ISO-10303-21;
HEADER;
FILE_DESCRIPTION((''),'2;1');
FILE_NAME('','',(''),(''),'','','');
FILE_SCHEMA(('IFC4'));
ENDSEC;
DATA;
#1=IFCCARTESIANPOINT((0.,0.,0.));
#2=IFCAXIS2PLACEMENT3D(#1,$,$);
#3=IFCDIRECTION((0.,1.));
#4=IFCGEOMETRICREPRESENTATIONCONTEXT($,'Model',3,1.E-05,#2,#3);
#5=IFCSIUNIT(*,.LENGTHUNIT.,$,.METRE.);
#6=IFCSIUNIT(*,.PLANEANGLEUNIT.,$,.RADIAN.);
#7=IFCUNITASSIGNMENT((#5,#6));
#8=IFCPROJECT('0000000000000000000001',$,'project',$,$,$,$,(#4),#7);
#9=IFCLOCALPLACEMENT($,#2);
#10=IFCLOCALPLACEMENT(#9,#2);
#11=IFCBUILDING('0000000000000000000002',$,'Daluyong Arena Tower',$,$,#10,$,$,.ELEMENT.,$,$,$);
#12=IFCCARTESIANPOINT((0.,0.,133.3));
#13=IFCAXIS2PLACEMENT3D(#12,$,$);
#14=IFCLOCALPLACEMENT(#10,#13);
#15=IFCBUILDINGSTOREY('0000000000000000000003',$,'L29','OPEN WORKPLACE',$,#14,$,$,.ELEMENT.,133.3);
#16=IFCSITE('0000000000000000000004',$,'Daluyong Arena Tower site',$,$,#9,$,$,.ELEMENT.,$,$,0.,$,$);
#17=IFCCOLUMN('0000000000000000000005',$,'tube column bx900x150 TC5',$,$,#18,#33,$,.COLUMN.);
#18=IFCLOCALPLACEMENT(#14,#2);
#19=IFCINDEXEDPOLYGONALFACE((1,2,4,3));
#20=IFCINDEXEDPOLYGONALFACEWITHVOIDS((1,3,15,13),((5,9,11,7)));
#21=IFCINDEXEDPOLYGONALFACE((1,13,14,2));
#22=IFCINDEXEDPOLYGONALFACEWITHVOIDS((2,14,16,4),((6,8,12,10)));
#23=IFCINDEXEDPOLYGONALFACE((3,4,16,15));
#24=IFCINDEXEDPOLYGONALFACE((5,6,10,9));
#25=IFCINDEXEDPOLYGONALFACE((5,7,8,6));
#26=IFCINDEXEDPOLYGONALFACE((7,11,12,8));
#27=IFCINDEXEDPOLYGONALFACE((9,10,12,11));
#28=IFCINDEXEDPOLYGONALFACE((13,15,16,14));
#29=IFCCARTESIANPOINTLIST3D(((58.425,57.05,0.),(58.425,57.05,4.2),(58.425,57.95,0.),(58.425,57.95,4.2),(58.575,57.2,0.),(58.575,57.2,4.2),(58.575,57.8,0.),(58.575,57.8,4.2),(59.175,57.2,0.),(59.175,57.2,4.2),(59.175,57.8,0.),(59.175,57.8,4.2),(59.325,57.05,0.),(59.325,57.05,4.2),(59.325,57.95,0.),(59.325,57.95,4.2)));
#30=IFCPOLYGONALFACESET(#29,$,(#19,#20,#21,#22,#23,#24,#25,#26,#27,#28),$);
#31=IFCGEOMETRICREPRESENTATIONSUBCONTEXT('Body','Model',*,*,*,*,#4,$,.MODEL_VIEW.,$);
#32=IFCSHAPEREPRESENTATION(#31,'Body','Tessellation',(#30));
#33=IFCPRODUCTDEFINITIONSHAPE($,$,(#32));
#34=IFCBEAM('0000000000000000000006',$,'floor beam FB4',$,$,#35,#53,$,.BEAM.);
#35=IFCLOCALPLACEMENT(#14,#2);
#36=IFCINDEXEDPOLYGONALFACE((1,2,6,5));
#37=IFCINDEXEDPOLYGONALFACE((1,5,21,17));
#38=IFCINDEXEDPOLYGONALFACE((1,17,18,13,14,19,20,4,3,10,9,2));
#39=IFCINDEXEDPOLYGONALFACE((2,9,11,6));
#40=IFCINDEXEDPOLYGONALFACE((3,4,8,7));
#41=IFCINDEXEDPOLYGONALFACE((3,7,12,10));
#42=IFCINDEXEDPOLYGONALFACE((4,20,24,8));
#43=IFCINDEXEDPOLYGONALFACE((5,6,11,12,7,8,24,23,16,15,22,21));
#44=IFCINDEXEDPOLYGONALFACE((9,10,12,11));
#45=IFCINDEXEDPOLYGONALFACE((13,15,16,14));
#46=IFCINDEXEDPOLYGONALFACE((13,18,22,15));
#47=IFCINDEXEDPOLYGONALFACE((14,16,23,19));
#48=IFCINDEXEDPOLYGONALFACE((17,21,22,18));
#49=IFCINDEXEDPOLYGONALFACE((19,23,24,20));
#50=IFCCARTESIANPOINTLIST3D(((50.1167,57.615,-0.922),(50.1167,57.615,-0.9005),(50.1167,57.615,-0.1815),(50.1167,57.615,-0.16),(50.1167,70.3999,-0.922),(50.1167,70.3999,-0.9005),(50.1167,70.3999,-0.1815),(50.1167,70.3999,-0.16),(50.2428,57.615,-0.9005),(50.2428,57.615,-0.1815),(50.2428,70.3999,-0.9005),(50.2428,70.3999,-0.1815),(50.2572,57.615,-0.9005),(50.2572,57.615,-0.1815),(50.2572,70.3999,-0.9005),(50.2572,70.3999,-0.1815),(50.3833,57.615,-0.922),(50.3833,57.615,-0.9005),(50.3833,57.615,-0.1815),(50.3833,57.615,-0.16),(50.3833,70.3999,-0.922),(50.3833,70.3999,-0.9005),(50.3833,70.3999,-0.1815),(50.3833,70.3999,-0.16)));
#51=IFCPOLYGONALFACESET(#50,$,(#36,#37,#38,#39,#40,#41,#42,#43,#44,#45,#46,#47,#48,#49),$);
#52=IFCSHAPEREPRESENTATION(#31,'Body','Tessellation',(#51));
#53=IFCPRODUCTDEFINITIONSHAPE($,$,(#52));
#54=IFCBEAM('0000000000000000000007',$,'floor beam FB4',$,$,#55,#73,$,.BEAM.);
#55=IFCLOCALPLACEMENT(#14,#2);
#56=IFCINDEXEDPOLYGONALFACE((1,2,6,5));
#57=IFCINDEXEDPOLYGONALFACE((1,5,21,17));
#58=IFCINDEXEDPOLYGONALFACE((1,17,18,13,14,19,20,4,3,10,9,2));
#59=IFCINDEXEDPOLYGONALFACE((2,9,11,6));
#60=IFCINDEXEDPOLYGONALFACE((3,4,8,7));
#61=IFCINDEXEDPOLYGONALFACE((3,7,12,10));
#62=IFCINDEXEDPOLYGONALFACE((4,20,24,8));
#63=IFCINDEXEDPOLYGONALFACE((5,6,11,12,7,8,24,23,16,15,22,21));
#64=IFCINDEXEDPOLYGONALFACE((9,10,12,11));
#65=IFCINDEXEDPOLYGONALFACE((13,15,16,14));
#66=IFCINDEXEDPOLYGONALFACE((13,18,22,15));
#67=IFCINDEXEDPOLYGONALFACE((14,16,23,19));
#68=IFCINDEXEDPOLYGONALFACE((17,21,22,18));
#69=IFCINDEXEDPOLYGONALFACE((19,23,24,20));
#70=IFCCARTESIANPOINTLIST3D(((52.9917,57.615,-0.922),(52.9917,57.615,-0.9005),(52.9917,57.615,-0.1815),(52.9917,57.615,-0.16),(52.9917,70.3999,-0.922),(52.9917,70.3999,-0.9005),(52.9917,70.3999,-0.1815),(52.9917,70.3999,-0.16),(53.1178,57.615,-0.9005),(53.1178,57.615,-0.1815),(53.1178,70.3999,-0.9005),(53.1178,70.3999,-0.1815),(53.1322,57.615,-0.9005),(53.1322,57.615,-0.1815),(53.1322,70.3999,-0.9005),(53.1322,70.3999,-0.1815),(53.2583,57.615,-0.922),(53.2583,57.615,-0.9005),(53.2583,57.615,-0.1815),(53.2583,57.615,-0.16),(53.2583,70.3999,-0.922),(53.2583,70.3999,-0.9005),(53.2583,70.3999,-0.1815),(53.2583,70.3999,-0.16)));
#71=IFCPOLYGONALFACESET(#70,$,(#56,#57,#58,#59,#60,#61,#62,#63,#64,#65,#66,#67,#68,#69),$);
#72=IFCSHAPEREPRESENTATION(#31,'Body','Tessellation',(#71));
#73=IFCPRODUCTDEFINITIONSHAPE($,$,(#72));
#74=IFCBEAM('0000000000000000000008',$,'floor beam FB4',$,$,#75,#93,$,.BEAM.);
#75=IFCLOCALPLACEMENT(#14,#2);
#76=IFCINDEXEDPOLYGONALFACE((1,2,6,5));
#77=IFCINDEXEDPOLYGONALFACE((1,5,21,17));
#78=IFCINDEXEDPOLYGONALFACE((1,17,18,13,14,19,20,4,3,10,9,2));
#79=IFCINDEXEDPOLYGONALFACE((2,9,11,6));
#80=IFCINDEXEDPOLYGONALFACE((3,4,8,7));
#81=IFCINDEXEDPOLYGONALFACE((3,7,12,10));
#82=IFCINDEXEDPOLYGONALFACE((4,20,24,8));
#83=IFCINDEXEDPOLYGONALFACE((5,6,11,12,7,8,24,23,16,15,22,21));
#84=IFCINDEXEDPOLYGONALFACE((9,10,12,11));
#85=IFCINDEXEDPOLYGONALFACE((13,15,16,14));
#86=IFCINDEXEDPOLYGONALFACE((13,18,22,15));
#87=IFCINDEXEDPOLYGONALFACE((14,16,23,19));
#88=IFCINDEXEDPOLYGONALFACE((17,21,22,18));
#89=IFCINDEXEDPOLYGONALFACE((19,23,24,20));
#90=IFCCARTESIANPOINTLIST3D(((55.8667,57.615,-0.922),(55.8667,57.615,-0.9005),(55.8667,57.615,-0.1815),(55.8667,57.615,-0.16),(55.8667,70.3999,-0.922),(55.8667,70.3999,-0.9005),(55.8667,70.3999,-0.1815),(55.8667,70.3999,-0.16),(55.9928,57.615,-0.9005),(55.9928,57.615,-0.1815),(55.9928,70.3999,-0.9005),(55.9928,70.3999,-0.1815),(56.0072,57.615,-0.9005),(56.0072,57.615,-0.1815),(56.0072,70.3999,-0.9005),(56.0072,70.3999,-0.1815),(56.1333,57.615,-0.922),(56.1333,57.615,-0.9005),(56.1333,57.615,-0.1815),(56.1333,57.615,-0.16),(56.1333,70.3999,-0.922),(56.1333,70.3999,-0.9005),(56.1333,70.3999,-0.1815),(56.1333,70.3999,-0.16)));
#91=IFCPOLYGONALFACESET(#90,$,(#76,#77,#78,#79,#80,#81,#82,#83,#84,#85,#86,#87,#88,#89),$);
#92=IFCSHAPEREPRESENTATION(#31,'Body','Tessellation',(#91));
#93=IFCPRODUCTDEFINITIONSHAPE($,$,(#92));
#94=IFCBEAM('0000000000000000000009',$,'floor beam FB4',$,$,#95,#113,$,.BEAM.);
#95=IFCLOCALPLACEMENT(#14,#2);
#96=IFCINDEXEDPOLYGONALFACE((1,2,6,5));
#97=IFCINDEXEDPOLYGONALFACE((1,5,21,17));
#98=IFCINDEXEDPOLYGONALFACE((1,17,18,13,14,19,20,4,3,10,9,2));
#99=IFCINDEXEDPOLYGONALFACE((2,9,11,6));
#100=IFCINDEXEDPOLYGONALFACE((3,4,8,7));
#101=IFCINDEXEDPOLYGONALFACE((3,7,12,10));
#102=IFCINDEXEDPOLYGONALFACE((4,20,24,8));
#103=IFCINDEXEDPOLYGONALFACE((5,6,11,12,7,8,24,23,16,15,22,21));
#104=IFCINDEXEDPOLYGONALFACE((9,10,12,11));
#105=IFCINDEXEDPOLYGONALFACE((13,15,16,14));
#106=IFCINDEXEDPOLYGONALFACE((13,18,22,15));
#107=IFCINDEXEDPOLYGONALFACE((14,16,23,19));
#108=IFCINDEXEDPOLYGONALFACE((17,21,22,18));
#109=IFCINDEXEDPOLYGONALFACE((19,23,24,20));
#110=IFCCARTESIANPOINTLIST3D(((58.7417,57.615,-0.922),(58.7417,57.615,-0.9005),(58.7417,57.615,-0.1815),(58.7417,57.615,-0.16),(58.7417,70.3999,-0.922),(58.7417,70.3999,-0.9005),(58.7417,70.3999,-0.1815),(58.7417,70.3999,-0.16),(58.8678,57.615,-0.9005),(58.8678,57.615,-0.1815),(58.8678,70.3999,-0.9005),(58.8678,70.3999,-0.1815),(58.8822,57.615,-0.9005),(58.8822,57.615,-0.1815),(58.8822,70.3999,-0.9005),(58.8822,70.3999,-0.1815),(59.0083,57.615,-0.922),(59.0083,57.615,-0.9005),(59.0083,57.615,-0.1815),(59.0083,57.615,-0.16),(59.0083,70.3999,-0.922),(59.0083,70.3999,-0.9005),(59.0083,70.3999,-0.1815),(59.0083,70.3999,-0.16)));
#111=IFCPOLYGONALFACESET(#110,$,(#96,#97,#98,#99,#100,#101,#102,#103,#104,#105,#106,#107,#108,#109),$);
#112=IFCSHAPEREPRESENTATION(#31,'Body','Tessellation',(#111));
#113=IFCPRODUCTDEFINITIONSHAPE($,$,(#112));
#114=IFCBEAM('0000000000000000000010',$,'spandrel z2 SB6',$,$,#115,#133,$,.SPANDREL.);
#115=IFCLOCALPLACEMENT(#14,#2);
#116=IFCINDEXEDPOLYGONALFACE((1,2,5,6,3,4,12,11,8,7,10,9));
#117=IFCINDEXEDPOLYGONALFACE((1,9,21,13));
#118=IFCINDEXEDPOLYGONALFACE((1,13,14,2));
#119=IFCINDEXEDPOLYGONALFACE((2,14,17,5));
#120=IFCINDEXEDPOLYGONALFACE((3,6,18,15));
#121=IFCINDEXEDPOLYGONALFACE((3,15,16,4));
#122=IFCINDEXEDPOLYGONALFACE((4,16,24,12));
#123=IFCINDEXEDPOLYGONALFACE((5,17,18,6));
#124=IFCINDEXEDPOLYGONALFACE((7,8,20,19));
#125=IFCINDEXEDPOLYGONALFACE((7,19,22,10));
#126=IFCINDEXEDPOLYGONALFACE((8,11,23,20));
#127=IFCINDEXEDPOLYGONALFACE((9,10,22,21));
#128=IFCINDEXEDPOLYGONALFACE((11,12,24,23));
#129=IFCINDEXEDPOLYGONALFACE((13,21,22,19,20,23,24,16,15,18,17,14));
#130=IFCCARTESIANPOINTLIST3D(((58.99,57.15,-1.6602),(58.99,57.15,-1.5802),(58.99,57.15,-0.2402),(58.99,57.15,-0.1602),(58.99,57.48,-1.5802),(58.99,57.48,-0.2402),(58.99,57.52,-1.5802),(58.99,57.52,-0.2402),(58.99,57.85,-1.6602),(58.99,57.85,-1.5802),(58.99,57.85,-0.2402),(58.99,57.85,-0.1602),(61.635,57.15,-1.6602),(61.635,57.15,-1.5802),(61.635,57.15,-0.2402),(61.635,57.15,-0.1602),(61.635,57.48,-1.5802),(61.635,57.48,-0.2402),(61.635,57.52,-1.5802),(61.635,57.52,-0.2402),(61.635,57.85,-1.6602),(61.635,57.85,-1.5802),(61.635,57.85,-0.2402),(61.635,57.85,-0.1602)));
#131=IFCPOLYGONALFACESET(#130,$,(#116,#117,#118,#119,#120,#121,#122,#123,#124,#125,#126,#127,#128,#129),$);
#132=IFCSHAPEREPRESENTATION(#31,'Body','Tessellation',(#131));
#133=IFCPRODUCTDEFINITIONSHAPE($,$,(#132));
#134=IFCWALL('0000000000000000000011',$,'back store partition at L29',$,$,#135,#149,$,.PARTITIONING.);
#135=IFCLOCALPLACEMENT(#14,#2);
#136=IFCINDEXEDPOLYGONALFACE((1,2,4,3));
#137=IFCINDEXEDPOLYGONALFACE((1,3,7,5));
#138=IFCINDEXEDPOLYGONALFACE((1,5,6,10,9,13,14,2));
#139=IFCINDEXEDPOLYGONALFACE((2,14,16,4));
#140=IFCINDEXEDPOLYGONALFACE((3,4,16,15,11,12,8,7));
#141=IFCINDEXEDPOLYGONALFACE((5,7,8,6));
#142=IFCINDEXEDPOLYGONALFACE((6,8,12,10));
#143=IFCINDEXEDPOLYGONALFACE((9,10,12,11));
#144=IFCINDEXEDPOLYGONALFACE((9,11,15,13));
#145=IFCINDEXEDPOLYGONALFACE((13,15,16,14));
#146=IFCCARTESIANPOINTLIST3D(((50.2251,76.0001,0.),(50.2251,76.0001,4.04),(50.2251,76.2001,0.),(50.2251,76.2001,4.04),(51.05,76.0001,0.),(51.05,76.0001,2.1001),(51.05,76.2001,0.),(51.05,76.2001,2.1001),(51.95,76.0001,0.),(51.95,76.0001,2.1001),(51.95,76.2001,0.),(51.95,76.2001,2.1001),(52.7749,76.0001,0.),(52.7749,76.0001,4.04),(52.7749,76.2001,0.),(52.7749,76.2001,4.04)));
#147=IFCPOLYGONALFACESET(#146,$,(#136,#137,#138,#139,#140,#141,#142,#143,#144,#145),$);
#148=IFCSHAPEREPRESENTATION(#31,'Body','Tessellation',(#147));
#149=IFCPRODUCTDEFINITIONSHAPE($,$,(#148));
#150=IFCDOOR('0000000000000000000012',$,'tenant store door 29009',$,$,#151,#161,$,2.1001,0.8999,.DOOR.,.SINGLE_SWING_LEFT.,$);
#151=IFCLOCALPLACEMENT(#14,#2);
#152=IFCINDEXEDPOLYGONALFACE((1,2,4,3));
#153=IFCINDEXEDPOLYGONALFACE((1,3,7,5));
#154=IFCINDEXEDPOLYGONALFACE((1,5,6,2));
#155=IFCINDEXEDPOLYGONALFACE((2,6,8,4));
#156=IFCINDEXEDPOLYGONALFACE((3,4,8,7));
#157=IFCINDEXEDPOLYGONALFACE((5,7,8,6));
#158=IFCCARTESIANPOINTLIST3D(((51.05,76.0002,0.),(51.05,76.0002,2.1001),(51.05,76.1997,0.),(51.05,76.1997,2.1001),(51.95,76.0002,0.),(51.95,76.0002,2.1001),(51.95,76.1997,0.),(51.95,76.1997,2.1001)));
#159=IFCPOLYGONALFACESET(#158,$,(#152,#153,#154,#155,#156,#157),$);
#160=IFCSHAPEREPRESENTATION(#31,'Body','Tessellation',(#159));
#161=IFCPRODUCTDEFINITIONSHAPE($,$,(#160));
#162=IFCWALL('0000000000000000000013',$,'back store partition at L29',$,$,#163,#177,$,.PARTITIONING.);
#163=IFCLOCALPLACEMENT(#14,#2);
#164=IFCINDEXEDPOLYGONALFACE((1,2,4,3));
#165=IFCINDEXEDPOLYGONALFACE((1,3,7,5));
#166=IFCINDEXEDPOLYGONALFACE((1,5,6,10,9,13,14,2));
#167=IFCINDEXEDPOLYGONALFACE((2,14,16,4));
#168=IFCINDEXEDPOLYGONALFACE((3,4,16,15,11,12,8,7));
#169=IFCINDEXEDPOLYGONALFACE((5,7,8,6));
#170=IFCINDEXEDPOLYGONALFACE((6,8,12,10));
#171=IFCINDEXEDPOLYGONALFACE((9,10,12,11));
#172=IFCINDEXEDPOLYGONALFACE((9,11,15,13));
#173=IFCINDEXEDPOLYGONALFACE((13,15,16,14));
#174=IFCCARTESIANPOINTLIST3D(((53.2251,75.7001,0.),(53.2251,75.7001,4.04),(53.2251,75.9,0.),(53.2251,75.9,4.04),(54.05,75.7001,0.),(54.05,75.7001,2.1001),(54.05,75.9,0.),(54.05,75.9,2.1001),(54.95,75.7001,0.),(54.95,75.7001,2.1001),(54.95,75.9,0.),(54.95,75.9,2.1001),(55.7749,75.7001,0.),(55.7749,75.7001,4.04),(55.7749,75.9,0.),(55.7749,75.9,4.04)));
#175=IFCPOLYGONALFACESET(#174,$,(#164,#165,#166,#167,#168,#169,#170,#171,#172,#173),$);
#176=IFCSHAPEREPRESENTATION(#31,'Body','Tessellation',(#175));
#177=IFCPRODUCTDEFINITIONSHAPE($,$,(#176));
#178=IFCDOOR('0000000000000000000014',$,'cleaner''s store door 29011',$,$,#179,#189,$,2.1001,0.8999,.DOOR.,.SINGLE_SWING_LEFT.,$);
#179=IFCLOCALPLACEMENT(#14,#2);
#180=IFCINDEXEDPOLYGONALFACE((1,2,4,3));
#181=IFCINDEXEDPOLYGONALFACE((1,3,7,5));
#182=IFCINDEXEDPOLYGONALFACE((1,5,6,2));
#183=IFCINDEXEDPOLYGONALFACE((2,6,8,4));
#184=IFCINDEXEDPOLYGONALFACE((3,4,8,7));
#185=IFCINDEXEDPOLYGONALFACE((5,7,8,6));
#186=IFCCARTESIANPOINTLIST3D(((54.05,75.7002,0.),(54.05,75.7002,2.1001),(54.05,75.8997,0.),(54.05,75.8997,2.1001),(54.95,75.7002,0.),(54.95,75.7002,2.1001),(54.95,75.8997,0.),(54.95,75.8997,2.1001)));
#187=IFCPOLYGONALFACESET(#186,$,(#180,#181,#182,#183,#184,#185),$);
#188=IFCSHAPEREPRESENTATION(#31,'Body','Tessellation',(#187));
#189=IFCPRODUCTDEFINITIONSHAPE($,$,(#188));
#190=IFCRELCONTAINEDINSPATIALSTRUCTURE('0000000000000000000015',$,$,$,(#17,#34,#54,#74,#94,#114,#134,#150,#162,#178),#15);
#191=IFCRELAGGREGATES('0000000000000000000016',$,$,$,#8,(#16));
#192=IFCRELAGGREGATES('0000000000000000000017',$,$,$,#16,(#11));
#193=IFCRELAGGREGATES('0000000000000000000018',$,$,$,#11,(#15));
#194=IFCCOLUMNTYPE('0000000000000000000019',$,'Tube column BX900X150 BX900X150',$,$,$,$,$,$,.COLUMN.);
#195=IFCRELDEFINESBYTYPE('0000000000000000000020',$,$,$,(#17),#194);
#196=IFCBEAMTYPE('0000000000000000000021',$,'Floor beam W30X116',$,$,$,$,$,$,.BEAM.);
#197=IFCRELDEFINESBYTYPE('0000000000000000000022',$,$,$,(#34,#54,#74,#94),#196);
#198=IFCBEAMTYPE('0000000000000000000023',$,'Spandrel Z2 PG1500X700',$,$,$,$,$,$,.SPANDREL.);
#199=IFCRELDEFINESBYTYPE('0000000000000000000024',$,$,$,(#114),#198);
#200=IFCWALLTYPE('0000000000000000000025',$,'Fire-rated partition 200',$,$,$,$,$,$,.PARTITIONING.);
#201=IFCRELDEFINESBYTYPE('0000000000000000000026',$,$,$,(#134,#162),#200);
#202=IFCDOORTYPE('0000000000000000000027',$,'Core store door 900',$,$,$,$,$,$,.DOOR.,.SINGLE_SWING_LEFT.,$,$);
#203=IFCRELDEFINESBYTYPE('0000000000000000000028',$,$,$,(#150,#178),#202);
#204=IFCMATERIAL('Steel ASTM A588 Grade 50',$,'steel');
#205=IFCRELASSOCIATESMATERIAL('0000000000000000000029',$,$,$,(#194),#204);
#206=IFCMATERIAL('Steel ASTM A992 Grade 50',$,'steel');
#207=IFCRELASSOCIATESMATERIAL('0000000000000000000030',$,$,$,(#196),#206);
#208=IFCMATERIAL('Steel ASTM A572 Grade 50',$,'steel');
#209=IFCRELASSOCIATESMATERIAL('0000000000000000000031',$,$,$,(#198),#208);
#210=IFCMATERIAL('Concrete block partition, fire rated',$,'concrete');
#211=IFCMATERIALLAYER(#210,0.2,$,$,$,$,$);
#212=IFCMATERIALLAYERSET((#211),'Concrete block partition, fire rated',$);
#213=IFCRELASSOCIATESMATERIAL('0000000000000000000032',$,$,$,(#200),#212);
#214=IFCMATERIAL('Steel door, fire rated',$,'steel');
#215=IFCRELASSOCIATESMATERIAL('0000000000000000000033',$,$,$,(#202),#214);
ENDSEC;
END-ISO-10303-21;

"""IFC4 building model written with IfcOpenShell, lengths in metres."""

from ifc_helpers import new_model, si_unit, direction, frame, frame_2d, origin, origin_2d, place, context, subcontext, project, spatial, rectangle, hollow_rectangle, i_section, extrude, material, layer, layer_set, material_profile, profile_set, type_object, element, fill, save


model = new_model("IFC4")

# Units and contexts
model_context = context("Model", 3, precision=1e-05, world=origin(), true_north=direction((0.0, 1.0)))
body_context = subcontext(model_context, "Body", "Model", "MODEL_VIEW")
ifc_project = project(units=[si_unit("LENGTHUNIT", "METRE"), si_unit("PLANEANGLEUNIT", "RADIAN")], contexts=[model_context])

# Site, building, storey
site_placement = place(None, origin())
site = spatial("IfcSite", under=ifc_project, at=site_placement, Name="Daluyong Arena Tower site", CompositionType="ELEMENT", RefElevation=0.0)
building_placement = place(site_placement, origin())
building = spatial("IfcBuilding", under=site, at=building_placement, Name="Daluyong Arena Tower", CompositionType="ELEMENT")
storey_placement = place(building_placement, frame((0.0, 0.0, 133.3)))
storey = spatial("IfcBuildingStorey", under=building, at=storey_placement, Name="L29", Description="OPEN WORKPLACE", CompositionType="ELEMENT", Elevation=133.3)

# Column
ifc_material_1 = material(Name="Steel ASTM A588 Grade 50", Category="steel")
ifc_material_profile_1 = material_profile(ifc_material_1, hollow_rectangle(XDim=0.8999, YDim=0.8999, WallThickness=0.15, at=origin_2d()))
ifc_profile_set_1 = profile_set([ifc_material_profile_1], Name="Steel ASTM A588 Grade 50")
column_type = type_object("IfcColumnType", Name="Tube column BX900X150 BX900X150", PredefinedType="COLUMN", material=ifc_profile_set_1)
column_placement = place(storey_placement, frame((58.875, 57.5, 0.0), z_axis=(0.0, 0.0, 1.0), x_axis=(1.0, 0.0, 0.0)))
element("IfcColumn", 1, at=column_placement, inside=storey, type_object=column_type, Name="tube column bx900x150 TC5", PredefinedType="COLUMN", context=body_context, shape_type="SweptSolid", body=[
    extrude(hollow_rectangle(XDim=0.8999, YDim=0.8999, WallThickness=0.15, at=origin_2d()), origin(), (0.0, 0.0, 1.0), 4.2),
])

# Beams
ifc_material_2 = material(Name="Steel ASTM A992 Grade 50", Category="steel")
ifc_material_profile_2 = material_profile(ifc_material_2, i_section(OverallWidth=0.2666, OverallDepth=0.762, WebThickness=0.0144, FlangeThickness=0.0215, at=origin_2d()))
ifc_profile_set_2 = profile_set([ifc_material_profile_2], Name="Steel ASTM A992 Grade 50")
beam_type_1 = type_object("IfcBeamType", Name="Floor beam W30X116", PredefinedType="BEAM", material=ifc_profile_set_2)
for number, where, z_axis, x_axis, name in (
    (2, (50.25, 57.615, -0.541), (0.0, 1.0, 0.0), (-1.0, 0.0, 0.0), "floor beam FB4"),
    (3, (53.125, 57.615, -0.541), (0.0, 1.0, 0.0), (-1.0, 0.0, 0.0), "floor beam FB4"),
    (4, (56.0, 57.615, -0.541), (0.0, 1.0, 0.0), (-1.0, 0.0, 0.0), "floor beam FB4"),
    (5, (58.875, 57.615, -0.541), (0.0, 1.0, 0.0), (-1.0, 0.0, 0.0), "floor beam FB4"),
):
    element("IfcBeam", number, at=place(storey_placement, frame(where, z_axis=z_axis, x_axis=x_axis)), inside=storey, type_object=beam_type_1, Name=name, PredefinedType="BEAM", context=body_context, shape_type="SweptSolid", body=[
        extrude(i_section(OverallWidth=0.2666, OverallDepth=0.762, WebThickness=0.0144, FlangeThickness=0.0215, at=origin_2d()), origin(), (0.0, 0.0, 1.0), 12.7849),
    ])
ifc_material_3 = material(Name="Steel ASTM A572 Grade 50", Category="steel")
ifc_material_profile_3 = material_profile(ifc_material_3, i_section(OverallWidth=0.7, OverallDepth=1.5, WebThickness=0.04, FlangeThickness=0.08, at=origin_2d()))
ifc_profile_set_3 = profile_set([ifc_material_profile_3], Name="Steel ASTM A572 Grade 50")
beam_type_2 = type_object("IfcBeamType", Name="Spandrel Z2 PG1500X700", PredefinedType="SPANDREL", material=ifc_profile_set_3)
beam_placement = place(storey_placement, frame((58.99, 57.5, -0.9102), z_axis=(1.0, 0.0, 0.0), x_axis=(0.0, 1.0, 0.0)))
element("IfcBeam", 6, at=beam_placement, inside=storey, type_object=beam_type_2, Name="spandrel z2 SB6", PredefinedType="SPANDREL", context=body_context, shape_type="SweptSolid", body=[
    extrude(i_section(OverallWidth=0.7, OverallDepth=1.5, WebThickness=0.04, FlangeThickness=0.08, at=origin_2d()), origin(), (0.0, 0.0, 1.0), 2.645),
])

# Walls, openings, doors
ifc_material_4 = material(Name="Concrete block partition, fire rated", Category="concrete")
ifc_layer_1 = layer(ifc_material_4, 0.2)
ifc_layer_set_1 = layer_set([ifc_layer_1], Name="Concrete block partition, fire rated")
wall_type_1 = type_object("IfcWallType", Name="Fire-rated partition 200", PredefinedType="PARTITIONING", material=ifc_layer_set_1)
wall_1_placement = place(storey_placement, frame((50.2251, 76.1001, 0.0), z_axis=(0.0, 0.0, 1.0), x_axis=(1.0, 0.0, 0.0)))
wall_1 = element("IfcWall", 7, at=wall_1_placement, inside=storey, type_object=wall_type_1, Name="back store partition at L29", PredefinedType="PARTITIONING", context=body_context, shape_type="SweptSolid", body=[
    extrude(rectangle(XDim=2.5498, YDim=0.2, at=frame_2d((1.2749, 0.0))), origin(), (0.0, 0.0, 1.0), 4.04),
])
opening_1_placement = place(wall_1_placement, frame((0.825, 0.0, 0.0)))
opening_1 = element("IfcOpeningElement", 8, at=opening_1_placement, cuts=wall_1, PredefinedType="OPENING", context=body_context, shape_type="SweptSolid", body=[
    extrude(rectangle(XDim=0.8999, YDim=2.1001, at=frame_2d((0.45, 1.05))), frame((0.0, 0.1099, 0.0), z_axis=(0.0, -1.0, 0.0), x_axis=(1.0, 0.0, 0.0)), (0.0, 0.0, 1.0), 0.22),
])
ifc_material_5 = material(Name="Steel door, fire rated", Category="steel")
door_type_1 = type_object("IfcDoorType", Name="Core store door 900", OperationType="SINGLE_SWING_LEFT", PredefinedType="DOOR", material=ifc_material_5)
door_1_placement = place(opening_1_placement, origin())
door_1 = element("IfcDoor", 9, at=door_1_placement, inside=storey, type_object=door_type_1, Name="tenant store door 29009", OperationType="SINGLE_SWING_LEFT", OverallHeight=2.1001, OverallWidth=0.8999, PredefinedType="DOOR", context=body_context, shape_type="SweptSolid", body=[
    extrude(rectangle(XDim=0.8999, YDim=2.1001, at=frame_2d((0.45, 1.05))), frame((0.0, 0.0996, 0.0), z_axis=(0.0, -1.0, 0.0), x_axis=(1.0, 0.0, 0.0)), (0.0, 0.0, 1.0), 0.1995),
])
fill(opening_1, door_1)
wall_2_placement = place(storey_placement, frame((53.2251, 75.8, 0.0), z_axis=(0.0, 0.0, 1.0), x_axis=(1.0, 0.0, 0.0)))
wall_2 = element("IfcWall", 10, at=wall_2_placement, inside=storey, type_object=wall_type_1, Name="back store partition at L29", PredefinedType="PARTITIONING", context=body_context, shape_type="SweptSolid", body=[
    extrude(rectangle(XDim=2.5498, YDim=0.2, at=frame_2d((1.2749, 0.0))), origin(), (0.0, 0.0, 1.0), 4.04),
])
opening_2_placement = place(wall_2_placement, frame((0.825, 0.0, 0.0)))
opening_2 = element("IfcOpeningElement", 11, at=opening_2_placement, cuts=wall_2, PredefinedType="OPENING", context=body_context, shape_type="SweptSolid", body=[
    extrude(rectangle(XDim=0.8999, YDim=2.1001, at=frame_2d((0.45, 1.05))), frame((0.0, 0.1099, 0.0), z_axis=(0.0, -1.0, 0.0), x_axis=(1.0, 0.0, 0.0)), (0.0, 0.0, 1.0), 0.22),
])
door_2_placement = place(opening_2_placement, origin())
door_2 = element("IfcDoor", 12, at=door_2_placement, inside=storey, type_object=door_type_1, Name="cleaner's store door 29011", OperationType="SINGLE_SWING_LEFT", OverallHeight=2.1001, OverallWidth=0.8999, PredefinedType="DOOR", context=body_context, shape_type="SweptSolid", body=[
    extrude(rectangle(XDim=0.8999, YDim=2.1001, at=frame_2d((0.45, 1.05))), frame((0.0, 0.0996, 0.0), z_axis=(0.0, -1.0, 0.0), x_axis=(1.0, 0.0, 0.0)), (0.0, 0.0, 1.0), 0.1995),
])
fill(opening_2, door_2)

save(model, "model.ifc")
